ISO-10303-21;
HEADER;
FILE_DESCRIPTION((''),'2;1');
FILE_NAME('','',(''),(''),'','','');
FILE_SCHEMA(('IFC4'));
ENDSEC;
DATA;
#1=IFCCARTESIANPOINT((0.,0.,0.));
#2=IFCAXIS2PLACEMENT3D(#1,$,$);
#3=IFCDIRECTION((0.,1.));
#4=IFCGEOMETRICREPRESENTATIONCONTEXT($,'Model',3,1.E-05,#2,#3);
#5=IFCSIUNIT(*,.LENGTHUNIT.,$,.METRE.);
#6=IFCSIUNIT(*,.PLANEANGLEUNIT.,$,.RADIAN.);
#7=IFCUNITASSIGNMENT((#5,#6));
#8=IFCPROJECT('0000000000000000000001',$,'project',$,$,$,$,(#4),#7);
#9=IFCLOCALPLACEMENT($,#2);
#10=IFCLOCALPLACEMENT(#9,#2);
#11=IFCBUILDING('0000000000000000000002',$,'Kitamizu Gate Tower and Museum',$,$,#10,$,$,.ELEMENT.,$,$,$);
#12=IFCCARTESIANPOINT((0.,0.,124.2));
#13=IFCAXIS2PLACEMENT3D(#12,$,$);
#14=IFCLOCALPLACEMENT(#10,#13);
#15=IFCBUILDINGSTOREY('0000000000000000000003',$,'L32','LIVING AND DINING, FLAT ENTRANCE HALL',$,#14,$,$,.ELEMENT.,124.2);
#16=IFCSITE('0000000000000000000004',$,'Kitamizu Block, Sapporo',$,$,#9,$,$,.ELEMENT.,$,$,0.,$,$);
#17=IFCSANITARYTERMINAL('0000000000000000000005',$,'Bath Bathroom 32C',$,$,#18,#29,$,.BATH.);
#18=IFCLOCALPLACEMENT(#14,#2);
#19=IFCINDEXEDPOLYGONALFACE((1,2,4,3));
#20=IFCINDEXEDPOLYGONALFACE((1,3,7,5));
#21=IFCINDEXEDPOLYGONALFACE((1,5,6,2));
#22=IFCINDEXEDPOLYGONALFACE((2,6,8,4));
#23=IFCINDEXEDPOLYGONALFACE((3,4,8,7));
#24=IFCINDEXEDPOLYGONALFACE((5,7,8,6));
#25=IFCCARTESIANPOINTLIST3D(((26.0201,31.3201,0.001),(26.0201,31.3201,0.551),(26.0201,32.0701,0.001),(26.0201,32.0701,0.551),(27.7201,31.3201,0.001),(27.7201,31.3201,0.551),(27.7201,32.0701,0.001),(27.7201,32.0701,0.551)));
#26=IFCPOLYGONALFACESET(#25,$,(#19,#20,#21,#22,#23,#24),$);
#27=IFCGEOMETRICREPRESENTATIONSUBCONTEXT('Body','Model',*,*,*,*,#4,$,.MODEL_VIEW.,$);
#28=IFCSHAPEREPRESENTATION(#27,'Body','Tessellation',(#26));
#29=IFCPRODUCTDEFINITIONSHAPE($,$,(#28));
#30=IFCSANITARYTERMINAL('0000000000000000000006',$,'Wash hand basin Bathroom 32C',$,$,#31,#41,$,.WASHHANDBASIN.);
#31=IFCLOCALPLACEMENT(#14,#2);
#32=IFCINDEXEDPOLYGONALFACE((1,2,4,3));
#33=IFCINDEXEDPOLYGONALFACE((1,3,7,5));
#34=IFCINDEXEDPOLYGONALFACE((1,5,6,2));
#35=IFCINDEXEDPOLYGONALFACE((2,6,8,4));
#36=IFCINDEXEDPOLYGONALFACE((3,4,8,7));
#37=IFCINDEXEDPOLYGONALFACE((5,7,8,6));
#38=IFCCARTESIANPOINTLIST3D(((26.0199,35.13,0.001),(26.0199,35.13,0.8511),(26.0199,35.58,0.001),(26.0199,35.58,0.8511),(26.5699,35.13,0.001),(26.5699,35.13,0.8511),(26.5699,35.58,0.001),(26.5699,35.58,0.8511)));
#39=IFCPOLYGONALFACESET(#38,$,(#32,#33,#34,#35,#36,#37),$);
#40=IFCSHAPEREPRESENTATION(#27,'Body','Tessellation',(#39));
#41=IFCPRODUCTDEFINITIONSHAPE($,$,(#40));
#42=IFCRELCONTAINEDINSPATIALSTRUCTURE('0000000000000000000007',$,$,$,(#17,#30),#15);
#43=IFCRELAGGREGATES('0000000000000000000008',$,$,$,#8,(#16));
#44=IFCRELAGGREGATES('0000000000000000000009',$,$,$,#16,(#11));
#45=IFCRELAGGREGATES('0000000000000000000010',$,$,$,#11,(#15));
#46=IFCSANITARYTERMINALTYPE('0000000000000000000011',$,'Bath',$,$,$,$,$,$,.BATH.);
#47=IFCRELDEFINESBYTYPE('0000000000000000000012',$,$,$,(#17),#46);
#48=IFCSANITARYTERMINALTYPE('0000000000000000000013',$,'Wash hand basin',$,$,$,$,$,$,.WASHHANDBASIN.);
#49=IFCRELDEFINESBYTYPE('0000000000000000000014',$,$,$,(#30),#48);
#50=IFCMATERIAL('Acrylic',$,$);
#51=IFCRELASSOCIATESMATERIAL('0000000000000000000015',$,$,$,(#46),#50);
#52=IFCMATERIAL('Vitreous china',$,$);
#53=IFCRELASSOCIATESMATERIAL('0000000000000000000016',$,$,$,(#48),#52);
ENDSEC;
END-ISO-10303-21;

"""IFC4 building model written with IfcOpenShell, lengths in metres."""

from ifc_helpers import new_model, si_unit, direction, frame, origin, origin_2d, place, context, subcontext, project, spatial, rectangle, extrude, material, type_object, element, save


model = new_model("IFC4")

# Units and contexts
model_context = context("Model", 3, precision=1e-05, world=origin(), true_north=direction((0.0, 1.0)))
body_context = subcontext(model_context, "Body", "Model", "MODEL_VIEW")
ifc_project = project(units=[si_unit("LENGTHUNIT", "METRE"), si_unit("PLANEANGLEUNIT", "RADIAN")], contexts=[model_context])

# Site, building, storey
site_placement = place(None, origin())
site = spatial("IfcSite", under=ifc_project, at=site_placement, Name="Kitamizu Block, Sapporo", CompositionType="ELEMENT", RefElevation=0.0)
building_placement = place(site_placement, origin())
building = spatial("IfcBuilding", under=site, at=building_placement, Name="Kitamizu Gate Tower and Museum", CompositionType="ELEMENT")
storey_placement = place(building_placement, frame((0.0, 0.0, 124.2)))
storey = spatial("IfcBuildingStorey", under=building, at=storey_placement, Name="L32", Description="LIVING AND DINING, FLAT ENTRANCE HALL", CompositionType="ELEMENT", Elevation=124.2)

# Sanitary terminals
ifc_material_1 = material(Name="Acrylic")
sanitary_terminal_type_1 = type_object("IfcSanitaryTerminalType", Name="Bath", PredefinedType="BATH", material=ifc_material_1)
for number, where, z_axis, x_axis, name in (
    (1, (26.8701, 31.6951, 0.001), (0.0, 0.0, 1.0), (1.0, 0.0, 0.0), "Bath Bathroom 32C"),
):
    element("IfcSanitaryTerminal", number, at=place(storey_placement, frame(where, z_axis=z_axis, x_axis=x_axis)), inside=storey, type_object=sanitary_terminal_type_1, Name=name, PredefinedType="BATH", context=body_context, shape_type="SweptSolid", body=[
        extrude(rectangle(XDim=1.7, YDim=0.75, at=origin_2d()), origin(), (0.0, 0.0, 1.0), 0.55),
    ])
ifc_material_2 = material(Name="Vitreous china")
sanitary_terminal_type_2 = type_object("IfcSanitaryTerminalType", Name="Wash hand basin", PredefinedType="WASHHANDBASIN", material=ifc_material_2)
sanitary_terminal_placement = place(storey_placement, frame((26.2949, 35.355, 0.001), z_axis=(0.0, 0.0, 1.0), x_axis=(1.0, 0.0, 0.0)))
element("IfcSanitaryTerminal", 2, at=sanitary_terminal_placement, inside=storey, type_object=sanitary_terminal_type_2, Name="Wash hand basin Bathroom 32C", PredefinedType="WASHHANDBASIN", context=body_context, shape_type="SweptSolid", body=[
    extrude(rectangle(XDim=0.55, YDim=0.45, at=origin_2d()), origin(), (0.0, 0.0, 1.0), 0.8501),
])

save(model, "model.ifc")
